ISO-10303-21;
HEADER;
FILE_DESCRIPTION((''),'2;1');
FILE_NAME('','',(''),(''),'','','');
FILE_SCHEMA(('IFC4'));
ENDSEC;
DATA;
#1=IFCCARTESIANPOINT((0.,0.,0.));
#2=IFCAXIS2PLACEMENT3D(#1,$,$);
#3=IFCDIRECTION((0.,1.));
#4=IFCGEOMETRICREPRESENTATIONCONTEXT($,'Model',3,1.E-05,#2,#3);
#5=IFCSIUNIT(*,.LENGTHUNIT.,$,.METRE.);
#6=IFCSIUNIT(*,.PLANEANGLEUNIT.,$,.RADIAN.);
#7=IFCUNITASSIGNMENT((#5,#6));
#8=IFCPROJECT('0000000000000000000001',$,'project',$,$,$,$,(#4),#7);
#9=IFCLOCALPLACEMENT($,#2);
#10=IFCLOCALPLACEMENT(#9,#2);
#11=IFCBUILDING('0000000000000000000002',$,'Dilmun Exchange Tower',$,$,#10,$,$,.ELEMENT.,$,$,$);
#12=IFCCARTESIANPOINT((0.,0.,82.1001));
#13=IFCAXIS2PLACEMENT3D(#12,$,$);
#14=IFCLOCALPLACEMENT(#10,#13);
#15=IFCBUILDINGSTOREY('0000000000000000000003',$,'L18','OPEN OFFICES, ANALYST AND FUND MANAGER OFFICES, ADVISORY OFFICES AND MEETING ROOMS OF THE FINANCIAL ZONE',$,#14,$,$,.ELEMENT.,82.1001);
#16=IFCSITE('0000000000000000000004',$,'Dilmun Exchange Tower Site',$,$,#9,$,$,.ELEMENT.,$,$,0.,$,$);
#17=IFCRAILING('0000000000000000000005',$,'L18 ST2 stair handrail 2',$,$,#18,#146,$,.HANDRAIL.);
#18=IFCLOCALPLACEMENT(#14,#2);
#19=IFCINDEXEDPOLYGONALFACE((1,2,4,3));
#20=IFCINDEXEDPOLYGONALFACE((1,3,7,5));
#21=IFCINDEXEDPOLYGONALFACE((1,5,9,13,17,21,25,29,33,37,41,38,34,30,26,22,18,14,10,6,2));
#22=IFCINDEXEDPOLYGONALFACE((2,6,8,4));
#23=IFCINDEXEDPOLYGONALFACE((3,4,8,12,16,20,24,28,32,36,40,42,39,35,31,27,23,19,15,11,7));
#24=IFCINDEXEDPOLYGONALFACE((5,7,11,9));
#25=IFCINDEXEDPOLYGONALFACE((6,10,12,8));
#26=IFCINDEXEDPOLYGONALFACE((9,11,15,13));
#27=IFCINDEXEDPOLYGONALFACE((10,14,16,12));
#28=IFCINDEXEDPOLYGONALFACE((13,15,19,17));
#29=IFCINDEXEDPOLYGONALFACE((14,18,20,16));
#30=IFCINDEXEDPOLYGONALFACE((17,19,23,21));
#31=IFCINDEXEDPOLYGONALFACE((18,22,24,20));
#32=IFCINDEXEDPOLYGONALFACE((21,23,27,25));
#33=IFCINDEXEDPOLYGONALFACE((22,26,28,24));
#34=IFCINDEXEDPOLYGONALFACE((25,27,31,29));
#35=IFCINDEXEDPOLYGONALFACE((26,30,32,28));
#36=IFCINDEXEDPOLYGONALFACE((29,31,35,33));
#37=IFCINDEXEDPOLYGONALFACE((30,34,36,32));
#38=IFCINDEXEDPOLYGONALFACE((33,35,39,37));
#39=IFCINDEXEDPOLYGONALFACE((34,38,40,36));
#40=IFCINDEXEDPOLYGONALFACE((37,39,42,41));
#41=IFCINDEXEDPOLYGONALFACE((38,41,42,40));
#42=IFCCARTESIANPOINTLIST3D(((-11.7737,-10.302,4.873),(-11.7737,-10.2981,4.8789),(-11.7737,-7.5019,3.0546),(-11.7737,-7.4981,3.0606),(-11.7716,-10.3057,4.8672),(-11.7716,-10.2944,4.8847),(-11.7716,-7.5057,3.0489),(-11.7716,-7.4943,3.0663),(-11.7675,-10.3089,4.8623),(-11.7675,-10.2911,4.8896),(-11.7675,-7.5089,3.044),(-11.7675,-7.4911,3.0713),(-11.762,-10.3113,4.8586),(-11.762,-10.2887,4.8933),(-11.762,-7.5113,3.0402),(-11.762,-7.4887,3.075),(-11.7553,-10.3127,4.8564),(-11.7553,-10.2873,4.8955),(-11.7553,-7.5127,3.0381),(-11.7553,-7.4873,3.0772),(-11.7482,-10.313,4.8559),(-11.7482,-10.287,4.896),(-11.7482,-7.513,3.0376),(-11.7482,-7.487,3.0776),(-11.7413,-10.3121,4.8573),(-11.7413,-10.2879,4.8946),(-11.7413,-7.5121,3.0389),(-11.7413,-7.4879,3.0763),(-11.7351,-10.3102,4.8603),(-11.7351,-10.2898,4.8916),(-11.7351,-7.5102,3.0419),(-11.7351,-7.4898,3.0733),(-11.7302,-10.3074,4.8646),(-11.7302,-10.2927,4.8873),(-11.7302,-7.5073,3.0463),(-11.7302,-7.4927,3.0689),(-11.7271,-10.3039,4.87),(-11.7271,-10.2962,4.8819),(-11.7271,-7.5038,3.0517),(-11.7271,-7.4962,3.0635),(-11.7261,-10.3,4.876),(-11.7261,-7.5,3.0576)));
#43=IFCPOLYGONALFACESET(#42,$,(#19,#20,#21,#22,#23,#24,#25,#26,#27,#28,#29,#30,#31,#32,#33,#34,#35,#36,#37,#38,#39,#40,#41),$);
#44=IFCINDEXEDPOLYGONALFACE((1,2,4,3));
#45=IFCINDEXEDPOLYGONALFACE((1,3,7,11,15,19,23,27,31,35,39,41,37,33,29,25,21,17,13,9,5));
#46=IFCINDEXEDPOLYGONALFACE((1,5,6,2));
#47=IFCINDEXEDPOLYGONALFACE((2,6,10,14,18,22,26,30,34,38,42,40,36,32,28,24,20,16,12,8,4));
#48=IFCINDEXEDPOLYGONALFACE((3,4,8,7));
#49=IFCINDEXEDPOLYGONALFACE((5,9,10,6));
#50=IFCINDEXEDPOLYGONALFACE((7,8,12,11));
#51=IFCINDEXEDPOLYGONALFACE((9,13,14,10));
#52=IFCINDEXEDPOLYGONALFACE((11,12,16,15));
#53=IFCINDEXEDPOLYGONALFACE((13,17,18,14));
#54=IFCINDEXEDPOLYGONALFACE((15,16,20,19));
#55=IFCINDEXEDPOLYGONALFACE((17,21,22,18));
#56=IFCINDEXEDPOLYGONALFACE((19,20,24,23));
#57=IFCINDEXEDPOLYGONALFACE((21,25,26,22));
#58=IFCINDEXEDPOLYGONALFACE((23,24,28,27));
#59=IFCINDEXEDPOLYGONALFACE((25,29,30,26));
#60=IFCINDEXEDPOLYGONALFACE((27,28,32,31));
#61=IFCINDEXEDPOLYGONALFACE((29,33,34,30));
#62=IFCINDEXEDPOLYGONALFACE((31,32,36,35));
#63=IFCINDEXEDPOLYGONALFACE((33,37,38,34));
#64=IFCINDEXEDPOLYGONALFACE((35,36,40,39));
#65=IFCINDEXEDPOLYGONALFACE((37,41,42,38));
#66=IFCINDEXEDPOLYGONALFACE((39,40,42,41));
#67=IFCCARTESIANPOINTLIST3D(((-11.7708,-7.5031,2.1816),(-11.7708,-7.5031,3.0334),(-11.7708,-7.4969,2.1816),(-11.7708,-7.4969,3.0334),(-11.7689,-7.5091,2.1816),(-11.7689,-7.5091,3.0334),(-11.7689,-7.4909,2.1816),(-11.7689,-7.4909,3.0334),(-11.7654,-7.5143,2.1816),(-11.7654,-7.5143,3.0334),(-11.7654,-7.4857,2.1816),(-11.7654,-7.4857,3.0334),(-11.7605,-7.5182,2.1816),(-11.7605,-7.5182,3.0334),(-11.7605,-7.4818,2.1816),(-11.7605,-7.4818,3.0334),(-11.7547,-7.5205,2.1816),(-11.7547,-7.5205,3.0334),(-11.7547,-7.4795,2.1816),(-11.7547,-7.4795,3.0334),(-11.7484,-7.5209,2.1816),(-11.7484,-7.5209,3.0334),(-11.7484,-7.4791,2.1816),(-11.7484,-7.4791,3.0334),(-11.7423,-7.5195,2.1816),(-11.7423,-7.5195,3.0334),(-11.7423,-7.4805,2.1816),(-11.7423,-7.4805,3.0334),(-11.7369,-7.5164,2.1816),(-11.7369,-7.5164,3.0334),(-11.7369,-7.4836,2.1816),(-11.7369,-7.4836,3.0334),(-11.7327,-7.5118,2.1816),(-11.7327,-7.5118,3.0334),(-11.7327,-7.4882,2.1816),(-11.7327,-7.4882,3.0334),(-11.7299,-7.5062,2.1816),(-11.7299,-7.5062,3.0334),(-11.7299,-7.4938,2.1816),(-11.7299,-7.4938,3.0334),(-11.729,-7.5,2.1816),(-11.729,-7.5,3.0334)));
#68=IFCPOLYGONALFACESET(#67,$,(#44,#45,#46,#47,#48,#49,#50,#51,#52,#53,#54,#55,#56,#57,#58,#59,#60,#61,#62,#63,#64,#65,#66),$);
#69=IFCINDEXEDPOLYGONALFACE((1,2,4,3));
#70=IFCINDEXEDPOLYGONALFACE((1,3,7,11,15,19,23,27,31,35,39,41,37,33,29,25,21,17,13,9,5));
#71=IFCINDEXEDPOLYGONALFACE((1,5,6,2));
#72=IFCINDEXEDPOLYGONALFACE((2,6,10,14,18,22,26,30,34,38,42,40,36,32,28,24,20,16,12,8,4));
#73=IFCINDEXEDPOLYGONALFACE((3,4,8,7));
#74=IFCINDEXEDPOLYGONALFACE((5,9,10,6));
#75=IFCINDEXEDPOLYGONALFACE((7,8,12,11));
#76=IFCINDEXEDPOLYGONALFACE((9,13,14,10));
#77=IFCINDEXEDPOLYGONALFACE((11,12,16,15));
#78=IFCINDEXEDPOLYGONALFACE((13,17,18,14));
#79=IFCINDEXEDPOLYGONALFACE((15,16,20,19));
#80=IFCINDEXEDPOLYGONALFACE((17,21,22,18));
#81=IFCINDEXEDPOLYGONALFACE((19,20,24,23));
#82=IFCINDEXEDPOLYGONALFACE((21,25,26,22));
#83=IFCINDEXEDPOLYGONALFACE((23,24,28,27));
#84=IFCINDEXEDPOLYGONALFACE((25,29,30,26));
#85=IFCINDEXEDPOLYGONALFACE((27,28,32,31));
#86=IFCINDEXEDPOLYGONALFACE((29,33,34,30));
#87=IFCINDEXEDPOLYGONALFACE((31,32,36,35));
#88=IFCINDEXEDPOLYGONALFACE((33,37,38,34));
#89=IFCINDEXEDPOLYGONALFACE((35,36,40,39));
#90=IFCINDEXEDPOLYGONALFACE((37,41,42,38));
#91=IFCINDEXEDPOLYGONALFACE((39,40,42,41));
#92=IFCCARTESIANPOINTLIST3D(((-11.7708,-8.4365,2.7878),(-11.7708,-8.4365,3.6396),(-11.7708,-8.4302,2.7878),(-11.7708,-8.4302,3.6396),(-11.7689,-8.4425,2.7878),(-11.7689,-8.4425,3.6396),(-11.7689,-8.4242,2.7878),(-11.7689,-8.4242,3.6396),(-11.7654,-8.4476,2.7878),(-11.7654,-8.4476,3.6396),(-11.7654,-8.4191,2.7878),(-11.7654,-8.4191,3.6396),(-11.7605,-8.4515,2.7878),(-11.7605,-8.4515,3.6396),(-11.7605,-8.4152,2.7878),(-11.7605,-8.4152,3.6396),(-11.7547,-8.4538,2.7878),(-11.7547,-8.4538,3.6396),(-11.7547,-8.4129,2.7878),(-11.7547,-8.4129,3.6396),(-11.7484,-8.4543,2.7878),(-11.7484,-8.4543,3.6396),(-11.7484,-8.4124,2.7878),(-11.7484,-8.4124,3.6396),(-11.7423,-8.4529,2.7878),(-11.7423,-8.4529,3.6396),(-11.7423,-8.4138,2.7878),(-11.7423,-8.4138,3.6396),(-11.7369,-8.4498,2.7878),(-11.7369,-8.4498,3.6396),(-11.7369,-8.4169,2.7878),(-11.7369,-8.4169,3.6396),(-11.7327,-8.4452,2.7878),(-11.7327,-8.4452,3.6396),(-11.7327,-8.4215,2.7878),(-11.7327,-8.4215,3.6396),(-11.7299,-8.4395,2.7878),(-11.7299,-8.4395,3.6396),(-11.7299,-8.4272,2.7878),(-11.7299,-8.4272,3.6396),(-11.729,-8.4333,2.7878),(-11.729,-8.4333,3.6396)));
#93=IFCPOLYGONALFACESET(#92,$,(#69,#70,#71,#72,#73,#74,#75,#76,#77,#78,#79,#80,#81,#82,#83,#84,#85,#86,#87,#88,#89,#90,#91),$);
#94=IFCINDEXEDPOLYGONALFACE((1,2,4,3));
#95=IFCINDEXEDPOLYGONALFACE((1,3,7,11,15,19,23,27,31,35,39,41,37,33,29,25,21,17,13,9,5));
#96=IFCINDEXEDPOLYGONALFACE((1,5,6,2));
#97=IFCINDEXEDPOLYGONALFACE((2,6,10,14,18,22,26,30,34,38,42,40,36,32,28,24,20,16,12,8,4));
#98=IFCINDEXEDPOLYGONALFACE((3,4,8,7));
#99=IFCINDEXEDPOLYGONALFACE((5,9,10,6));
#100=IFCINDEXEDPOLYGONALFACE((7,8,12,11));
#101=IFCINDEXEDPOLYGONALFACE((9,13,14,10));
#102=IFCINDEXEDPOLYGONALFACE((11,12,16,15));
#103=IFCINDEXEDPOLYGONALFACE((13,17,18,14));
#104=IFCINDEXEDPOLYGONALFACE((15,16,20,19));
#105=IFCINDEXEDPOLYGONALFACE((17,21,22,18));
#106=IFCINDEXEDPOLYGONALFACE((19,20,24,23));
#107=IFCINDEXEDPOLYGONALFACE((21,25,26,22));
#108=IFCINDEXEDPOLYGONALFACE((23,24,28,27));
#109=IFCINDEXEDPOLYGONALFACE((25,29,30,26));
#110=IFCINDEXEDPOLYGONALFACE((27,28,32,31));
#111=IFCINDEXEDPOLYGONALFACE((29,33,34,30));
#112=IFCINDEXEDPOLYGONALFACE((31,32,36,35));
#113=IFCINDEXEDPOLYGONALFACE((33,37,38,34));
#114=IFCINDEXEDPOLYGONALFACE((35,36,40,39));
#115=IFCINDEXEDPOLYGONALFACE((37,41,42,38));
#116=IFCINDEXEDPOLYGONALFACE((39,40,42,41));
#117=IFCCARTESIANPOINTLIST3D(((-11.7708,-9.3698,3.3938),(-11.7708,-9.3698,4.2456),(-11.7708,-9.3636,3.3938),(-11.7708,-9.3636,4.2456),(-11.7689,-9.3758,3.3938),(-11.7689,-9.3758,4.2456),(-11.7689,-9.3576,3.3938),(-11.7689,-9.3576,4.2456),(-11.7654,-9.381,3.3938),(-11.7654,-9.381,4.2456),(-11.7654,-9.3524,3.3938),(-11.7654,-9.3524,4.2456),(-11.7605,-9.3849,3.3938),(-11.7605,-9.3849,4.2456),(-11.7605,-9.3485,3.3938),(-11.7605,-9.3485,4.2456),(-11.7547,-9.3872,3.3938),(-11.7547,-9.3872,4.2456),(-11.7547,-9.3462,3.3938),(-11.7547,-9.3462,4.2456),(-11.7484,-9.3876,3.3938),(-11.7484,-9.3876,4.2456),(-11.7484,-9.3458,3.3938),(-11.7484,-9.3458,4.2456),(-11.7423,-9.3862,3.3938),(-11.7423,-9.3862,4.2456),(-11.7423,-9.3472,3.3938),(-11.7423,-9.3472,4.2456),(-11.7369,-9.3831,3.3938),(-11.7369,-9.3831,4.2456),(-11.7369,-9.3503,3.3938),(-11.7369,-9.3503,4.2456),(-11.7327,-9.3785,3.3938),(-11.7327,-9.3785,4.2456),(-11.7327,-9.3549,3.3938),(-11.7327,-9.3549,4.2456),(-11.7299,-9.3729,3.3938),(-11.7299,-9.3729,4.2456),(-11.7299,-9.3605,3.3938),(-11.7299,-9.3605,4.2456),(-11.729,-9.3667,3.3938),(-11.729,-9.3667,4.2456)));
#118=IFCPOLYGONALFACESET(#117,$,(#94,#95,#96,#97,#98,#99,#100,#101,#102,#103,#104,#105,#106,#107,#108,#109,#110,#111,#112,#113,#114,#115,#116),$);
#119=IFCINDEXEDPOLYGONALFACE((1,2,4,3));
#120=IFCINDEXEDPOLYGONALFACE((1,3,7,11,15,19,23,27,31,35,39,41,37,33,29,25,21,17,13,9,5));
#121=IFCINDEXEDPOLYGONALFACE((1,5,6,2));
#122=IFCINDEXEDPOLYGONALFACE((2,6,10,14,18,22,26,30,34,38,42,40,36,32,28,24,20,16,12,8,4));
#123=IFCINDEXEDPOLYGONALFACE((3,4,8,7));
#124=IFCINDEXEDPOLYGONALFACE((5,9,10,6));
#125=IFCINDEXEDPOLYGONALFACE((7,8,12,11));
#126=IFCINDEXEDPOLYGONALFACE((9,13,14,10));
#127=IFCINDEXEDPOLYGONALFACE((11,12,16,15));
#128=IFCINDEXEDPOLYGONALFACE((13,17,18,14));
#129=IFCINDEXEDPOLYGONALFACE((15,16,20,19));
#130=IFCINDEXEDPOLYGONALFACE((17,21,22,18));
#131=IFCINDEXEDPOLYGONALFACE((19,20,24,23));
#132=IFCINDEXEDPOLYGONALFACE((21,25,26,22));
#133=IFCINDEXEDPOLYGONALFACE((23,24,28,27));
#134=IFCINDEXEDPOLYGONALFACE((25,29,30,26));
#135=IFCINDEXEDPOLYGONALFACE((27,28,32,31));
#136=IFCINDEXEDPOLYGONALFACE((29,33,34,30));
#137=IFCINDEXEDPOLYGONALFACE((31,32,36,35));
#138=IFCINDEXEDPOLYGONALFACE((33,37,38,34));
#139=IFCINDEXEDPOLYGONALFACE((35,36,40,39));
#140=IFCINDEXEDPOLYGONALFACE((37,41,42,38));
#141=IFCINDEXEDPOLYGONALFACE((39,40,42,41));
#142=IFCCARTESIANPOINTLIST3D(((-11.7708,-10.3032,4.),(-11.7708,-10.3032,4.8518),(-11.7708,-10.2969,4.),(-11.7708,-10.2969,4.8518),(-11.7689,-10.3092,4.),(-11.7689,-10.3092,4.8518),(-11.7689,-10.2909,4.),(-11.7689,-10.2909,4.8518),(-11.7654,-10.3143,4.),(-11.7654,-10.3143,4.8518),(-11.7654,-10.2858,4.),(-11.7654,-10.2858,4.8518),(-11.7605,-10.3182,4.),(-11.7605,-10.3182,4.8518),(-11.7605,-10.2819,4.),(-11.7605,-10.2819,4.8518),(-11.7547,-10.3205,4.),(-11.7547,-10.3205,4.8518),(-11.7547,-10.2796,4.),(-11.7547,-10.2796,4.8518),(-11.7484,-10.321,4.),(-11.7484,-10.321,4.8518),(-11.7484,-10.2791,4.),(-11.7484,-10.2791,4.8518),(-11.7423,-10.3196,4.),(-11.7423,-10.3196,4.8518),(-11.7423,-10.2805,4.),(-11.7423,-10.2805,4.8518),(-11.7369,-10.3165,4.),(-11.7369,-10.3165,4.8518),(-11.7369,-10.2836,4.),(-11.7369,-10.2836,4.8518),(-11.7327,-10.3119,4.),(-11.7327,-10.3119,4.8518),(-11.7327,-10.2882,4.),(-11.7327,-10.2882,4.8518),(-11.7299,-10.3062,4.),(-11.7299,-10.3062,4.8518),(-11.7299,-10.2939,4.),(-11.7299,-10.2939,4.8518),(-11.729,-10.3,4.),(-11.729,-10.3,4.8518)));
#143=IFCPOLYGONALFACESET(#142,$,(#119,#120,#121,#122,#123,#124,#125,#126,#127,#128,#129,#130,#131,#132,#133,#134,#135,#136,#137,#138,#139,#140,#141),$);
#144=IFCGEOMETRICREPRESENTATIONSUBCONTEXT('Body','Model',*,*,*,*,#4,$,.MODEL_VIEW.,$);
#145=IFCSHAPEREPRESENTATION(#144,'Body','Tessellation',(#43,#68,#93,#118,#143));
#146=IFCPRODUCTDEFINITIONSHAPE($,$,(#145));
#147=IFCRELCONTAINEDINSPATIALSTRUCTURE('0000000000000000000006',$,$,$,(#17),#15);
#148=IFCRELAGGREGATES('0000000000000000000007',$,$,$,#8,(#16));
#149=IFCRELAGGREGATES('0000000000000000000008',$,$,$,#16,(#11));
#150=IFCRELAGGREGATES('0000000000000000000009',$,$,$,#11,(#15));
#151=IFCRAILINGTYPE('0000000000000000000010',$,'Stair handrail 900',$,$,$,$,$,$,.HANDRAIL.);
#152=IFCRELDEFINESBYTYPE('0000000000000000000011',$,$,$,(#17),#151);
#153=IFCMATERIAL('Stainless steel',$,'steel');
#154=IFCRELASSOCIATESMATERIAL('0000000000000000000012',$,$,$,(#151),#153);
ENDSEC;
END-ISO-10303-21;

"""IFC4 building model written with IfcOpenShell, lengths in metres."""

from ifc_helpers import new_model, si_unit, direction, frame, origin, origin_2d, place, context, subcontext, project, spatial, circle, extrude, material, type_object, element, save


model = new_model("IFC4")

# Units and contexts
model_context = context("Model", 3, precision=1e-05, world=origin(), true_north=direction((0.0, 1.0)))
body_context = subcontext(model_context, "Body", "Model", "MODEL_VIEW")
ifc_project = project(units=[si_unit("LENGTHUNIT", "METRE"), si_unit("PLANEANGLEUNIT", "RADIAN")], contexts=[model_context])

# Site, building, storey
site_placement = place(None, origin())
site = spatial("IfcSite", under=ifc_project, at=site_placement, Name="Dilmun Exchange Tower Site", CompositionType="ELEMENT", RefElevation=0.0)
building_placement = place(site_placement, origin())
building = spatial("IfcBuilding", under=site, at=building_placement, Name="Dilmun Exchange Tower", CompositionType="ELEMENT")
storey_placement = place(building_placement, frame((0.0, 0.0, 82.1001)))
storey = spatial("IfcBuildingStorey", under=building, at=storey_placement, Name="L18", Description="OPEN OFFICES, ANALYST AND FUND MANAGER OFFICES, ADVISORY OFFICES AND MEETING ROOMS OF THE FINANCIAL ZONE", CompositionType="ELEMENT", Elevation=82.1001)

# Railing
ifc_material_1 = material(Name="Stainless steel", Category="steel")
railing_type = type_object("IfcRailingType", Name="Stair handrail 900", PredefinedType="HANDRAIL", material=ifc_material_1)
railing_placement = place(storey_placement, frame((-11.75, -7.5, 2.1816)))
element("IfcRailing", 1, at=railing_placement, inside=storey, type_object=railing_type, Name="L18 ST2 stair handrail 2", PredefinedType="HANDRAIL", context=body_context, shape_type="SweptSolid", body=[
    extrude(circle(Radius=0.0239, at=origin_2d()), frame((0.0, 0.0, 0.876), z_axis=(0.0, -0.838672, 0.544636), x_axis=(1.0, 0.0, 0.0)), (0.0, 0.0, 1.0), 3.3386),
    extrude(circle(Radius=0.021, at=origin_2d()), origin(), (0.0, 0.0, 1.0), 0.8518),
    extrude(circle(Radius=0.021, at=origin_2d()), frame((0.0, -0.9333, 0.6062)), (0.0, 0.0, 1.0), 0.8518),
    extrude(circle(Radius=0.021, at=origin_2d()), frame((0.0, -1.8667, 1.2122)), (0.0, 0.0, 1.0), 0.8518),
    extrude(circle(Radius=0.021, at=origin_2d()), frame((0.0, -2.8, 1.8184)), (0.0, 0.0, 1.0), 0.8518),
])

save(model, "model.ifc")
